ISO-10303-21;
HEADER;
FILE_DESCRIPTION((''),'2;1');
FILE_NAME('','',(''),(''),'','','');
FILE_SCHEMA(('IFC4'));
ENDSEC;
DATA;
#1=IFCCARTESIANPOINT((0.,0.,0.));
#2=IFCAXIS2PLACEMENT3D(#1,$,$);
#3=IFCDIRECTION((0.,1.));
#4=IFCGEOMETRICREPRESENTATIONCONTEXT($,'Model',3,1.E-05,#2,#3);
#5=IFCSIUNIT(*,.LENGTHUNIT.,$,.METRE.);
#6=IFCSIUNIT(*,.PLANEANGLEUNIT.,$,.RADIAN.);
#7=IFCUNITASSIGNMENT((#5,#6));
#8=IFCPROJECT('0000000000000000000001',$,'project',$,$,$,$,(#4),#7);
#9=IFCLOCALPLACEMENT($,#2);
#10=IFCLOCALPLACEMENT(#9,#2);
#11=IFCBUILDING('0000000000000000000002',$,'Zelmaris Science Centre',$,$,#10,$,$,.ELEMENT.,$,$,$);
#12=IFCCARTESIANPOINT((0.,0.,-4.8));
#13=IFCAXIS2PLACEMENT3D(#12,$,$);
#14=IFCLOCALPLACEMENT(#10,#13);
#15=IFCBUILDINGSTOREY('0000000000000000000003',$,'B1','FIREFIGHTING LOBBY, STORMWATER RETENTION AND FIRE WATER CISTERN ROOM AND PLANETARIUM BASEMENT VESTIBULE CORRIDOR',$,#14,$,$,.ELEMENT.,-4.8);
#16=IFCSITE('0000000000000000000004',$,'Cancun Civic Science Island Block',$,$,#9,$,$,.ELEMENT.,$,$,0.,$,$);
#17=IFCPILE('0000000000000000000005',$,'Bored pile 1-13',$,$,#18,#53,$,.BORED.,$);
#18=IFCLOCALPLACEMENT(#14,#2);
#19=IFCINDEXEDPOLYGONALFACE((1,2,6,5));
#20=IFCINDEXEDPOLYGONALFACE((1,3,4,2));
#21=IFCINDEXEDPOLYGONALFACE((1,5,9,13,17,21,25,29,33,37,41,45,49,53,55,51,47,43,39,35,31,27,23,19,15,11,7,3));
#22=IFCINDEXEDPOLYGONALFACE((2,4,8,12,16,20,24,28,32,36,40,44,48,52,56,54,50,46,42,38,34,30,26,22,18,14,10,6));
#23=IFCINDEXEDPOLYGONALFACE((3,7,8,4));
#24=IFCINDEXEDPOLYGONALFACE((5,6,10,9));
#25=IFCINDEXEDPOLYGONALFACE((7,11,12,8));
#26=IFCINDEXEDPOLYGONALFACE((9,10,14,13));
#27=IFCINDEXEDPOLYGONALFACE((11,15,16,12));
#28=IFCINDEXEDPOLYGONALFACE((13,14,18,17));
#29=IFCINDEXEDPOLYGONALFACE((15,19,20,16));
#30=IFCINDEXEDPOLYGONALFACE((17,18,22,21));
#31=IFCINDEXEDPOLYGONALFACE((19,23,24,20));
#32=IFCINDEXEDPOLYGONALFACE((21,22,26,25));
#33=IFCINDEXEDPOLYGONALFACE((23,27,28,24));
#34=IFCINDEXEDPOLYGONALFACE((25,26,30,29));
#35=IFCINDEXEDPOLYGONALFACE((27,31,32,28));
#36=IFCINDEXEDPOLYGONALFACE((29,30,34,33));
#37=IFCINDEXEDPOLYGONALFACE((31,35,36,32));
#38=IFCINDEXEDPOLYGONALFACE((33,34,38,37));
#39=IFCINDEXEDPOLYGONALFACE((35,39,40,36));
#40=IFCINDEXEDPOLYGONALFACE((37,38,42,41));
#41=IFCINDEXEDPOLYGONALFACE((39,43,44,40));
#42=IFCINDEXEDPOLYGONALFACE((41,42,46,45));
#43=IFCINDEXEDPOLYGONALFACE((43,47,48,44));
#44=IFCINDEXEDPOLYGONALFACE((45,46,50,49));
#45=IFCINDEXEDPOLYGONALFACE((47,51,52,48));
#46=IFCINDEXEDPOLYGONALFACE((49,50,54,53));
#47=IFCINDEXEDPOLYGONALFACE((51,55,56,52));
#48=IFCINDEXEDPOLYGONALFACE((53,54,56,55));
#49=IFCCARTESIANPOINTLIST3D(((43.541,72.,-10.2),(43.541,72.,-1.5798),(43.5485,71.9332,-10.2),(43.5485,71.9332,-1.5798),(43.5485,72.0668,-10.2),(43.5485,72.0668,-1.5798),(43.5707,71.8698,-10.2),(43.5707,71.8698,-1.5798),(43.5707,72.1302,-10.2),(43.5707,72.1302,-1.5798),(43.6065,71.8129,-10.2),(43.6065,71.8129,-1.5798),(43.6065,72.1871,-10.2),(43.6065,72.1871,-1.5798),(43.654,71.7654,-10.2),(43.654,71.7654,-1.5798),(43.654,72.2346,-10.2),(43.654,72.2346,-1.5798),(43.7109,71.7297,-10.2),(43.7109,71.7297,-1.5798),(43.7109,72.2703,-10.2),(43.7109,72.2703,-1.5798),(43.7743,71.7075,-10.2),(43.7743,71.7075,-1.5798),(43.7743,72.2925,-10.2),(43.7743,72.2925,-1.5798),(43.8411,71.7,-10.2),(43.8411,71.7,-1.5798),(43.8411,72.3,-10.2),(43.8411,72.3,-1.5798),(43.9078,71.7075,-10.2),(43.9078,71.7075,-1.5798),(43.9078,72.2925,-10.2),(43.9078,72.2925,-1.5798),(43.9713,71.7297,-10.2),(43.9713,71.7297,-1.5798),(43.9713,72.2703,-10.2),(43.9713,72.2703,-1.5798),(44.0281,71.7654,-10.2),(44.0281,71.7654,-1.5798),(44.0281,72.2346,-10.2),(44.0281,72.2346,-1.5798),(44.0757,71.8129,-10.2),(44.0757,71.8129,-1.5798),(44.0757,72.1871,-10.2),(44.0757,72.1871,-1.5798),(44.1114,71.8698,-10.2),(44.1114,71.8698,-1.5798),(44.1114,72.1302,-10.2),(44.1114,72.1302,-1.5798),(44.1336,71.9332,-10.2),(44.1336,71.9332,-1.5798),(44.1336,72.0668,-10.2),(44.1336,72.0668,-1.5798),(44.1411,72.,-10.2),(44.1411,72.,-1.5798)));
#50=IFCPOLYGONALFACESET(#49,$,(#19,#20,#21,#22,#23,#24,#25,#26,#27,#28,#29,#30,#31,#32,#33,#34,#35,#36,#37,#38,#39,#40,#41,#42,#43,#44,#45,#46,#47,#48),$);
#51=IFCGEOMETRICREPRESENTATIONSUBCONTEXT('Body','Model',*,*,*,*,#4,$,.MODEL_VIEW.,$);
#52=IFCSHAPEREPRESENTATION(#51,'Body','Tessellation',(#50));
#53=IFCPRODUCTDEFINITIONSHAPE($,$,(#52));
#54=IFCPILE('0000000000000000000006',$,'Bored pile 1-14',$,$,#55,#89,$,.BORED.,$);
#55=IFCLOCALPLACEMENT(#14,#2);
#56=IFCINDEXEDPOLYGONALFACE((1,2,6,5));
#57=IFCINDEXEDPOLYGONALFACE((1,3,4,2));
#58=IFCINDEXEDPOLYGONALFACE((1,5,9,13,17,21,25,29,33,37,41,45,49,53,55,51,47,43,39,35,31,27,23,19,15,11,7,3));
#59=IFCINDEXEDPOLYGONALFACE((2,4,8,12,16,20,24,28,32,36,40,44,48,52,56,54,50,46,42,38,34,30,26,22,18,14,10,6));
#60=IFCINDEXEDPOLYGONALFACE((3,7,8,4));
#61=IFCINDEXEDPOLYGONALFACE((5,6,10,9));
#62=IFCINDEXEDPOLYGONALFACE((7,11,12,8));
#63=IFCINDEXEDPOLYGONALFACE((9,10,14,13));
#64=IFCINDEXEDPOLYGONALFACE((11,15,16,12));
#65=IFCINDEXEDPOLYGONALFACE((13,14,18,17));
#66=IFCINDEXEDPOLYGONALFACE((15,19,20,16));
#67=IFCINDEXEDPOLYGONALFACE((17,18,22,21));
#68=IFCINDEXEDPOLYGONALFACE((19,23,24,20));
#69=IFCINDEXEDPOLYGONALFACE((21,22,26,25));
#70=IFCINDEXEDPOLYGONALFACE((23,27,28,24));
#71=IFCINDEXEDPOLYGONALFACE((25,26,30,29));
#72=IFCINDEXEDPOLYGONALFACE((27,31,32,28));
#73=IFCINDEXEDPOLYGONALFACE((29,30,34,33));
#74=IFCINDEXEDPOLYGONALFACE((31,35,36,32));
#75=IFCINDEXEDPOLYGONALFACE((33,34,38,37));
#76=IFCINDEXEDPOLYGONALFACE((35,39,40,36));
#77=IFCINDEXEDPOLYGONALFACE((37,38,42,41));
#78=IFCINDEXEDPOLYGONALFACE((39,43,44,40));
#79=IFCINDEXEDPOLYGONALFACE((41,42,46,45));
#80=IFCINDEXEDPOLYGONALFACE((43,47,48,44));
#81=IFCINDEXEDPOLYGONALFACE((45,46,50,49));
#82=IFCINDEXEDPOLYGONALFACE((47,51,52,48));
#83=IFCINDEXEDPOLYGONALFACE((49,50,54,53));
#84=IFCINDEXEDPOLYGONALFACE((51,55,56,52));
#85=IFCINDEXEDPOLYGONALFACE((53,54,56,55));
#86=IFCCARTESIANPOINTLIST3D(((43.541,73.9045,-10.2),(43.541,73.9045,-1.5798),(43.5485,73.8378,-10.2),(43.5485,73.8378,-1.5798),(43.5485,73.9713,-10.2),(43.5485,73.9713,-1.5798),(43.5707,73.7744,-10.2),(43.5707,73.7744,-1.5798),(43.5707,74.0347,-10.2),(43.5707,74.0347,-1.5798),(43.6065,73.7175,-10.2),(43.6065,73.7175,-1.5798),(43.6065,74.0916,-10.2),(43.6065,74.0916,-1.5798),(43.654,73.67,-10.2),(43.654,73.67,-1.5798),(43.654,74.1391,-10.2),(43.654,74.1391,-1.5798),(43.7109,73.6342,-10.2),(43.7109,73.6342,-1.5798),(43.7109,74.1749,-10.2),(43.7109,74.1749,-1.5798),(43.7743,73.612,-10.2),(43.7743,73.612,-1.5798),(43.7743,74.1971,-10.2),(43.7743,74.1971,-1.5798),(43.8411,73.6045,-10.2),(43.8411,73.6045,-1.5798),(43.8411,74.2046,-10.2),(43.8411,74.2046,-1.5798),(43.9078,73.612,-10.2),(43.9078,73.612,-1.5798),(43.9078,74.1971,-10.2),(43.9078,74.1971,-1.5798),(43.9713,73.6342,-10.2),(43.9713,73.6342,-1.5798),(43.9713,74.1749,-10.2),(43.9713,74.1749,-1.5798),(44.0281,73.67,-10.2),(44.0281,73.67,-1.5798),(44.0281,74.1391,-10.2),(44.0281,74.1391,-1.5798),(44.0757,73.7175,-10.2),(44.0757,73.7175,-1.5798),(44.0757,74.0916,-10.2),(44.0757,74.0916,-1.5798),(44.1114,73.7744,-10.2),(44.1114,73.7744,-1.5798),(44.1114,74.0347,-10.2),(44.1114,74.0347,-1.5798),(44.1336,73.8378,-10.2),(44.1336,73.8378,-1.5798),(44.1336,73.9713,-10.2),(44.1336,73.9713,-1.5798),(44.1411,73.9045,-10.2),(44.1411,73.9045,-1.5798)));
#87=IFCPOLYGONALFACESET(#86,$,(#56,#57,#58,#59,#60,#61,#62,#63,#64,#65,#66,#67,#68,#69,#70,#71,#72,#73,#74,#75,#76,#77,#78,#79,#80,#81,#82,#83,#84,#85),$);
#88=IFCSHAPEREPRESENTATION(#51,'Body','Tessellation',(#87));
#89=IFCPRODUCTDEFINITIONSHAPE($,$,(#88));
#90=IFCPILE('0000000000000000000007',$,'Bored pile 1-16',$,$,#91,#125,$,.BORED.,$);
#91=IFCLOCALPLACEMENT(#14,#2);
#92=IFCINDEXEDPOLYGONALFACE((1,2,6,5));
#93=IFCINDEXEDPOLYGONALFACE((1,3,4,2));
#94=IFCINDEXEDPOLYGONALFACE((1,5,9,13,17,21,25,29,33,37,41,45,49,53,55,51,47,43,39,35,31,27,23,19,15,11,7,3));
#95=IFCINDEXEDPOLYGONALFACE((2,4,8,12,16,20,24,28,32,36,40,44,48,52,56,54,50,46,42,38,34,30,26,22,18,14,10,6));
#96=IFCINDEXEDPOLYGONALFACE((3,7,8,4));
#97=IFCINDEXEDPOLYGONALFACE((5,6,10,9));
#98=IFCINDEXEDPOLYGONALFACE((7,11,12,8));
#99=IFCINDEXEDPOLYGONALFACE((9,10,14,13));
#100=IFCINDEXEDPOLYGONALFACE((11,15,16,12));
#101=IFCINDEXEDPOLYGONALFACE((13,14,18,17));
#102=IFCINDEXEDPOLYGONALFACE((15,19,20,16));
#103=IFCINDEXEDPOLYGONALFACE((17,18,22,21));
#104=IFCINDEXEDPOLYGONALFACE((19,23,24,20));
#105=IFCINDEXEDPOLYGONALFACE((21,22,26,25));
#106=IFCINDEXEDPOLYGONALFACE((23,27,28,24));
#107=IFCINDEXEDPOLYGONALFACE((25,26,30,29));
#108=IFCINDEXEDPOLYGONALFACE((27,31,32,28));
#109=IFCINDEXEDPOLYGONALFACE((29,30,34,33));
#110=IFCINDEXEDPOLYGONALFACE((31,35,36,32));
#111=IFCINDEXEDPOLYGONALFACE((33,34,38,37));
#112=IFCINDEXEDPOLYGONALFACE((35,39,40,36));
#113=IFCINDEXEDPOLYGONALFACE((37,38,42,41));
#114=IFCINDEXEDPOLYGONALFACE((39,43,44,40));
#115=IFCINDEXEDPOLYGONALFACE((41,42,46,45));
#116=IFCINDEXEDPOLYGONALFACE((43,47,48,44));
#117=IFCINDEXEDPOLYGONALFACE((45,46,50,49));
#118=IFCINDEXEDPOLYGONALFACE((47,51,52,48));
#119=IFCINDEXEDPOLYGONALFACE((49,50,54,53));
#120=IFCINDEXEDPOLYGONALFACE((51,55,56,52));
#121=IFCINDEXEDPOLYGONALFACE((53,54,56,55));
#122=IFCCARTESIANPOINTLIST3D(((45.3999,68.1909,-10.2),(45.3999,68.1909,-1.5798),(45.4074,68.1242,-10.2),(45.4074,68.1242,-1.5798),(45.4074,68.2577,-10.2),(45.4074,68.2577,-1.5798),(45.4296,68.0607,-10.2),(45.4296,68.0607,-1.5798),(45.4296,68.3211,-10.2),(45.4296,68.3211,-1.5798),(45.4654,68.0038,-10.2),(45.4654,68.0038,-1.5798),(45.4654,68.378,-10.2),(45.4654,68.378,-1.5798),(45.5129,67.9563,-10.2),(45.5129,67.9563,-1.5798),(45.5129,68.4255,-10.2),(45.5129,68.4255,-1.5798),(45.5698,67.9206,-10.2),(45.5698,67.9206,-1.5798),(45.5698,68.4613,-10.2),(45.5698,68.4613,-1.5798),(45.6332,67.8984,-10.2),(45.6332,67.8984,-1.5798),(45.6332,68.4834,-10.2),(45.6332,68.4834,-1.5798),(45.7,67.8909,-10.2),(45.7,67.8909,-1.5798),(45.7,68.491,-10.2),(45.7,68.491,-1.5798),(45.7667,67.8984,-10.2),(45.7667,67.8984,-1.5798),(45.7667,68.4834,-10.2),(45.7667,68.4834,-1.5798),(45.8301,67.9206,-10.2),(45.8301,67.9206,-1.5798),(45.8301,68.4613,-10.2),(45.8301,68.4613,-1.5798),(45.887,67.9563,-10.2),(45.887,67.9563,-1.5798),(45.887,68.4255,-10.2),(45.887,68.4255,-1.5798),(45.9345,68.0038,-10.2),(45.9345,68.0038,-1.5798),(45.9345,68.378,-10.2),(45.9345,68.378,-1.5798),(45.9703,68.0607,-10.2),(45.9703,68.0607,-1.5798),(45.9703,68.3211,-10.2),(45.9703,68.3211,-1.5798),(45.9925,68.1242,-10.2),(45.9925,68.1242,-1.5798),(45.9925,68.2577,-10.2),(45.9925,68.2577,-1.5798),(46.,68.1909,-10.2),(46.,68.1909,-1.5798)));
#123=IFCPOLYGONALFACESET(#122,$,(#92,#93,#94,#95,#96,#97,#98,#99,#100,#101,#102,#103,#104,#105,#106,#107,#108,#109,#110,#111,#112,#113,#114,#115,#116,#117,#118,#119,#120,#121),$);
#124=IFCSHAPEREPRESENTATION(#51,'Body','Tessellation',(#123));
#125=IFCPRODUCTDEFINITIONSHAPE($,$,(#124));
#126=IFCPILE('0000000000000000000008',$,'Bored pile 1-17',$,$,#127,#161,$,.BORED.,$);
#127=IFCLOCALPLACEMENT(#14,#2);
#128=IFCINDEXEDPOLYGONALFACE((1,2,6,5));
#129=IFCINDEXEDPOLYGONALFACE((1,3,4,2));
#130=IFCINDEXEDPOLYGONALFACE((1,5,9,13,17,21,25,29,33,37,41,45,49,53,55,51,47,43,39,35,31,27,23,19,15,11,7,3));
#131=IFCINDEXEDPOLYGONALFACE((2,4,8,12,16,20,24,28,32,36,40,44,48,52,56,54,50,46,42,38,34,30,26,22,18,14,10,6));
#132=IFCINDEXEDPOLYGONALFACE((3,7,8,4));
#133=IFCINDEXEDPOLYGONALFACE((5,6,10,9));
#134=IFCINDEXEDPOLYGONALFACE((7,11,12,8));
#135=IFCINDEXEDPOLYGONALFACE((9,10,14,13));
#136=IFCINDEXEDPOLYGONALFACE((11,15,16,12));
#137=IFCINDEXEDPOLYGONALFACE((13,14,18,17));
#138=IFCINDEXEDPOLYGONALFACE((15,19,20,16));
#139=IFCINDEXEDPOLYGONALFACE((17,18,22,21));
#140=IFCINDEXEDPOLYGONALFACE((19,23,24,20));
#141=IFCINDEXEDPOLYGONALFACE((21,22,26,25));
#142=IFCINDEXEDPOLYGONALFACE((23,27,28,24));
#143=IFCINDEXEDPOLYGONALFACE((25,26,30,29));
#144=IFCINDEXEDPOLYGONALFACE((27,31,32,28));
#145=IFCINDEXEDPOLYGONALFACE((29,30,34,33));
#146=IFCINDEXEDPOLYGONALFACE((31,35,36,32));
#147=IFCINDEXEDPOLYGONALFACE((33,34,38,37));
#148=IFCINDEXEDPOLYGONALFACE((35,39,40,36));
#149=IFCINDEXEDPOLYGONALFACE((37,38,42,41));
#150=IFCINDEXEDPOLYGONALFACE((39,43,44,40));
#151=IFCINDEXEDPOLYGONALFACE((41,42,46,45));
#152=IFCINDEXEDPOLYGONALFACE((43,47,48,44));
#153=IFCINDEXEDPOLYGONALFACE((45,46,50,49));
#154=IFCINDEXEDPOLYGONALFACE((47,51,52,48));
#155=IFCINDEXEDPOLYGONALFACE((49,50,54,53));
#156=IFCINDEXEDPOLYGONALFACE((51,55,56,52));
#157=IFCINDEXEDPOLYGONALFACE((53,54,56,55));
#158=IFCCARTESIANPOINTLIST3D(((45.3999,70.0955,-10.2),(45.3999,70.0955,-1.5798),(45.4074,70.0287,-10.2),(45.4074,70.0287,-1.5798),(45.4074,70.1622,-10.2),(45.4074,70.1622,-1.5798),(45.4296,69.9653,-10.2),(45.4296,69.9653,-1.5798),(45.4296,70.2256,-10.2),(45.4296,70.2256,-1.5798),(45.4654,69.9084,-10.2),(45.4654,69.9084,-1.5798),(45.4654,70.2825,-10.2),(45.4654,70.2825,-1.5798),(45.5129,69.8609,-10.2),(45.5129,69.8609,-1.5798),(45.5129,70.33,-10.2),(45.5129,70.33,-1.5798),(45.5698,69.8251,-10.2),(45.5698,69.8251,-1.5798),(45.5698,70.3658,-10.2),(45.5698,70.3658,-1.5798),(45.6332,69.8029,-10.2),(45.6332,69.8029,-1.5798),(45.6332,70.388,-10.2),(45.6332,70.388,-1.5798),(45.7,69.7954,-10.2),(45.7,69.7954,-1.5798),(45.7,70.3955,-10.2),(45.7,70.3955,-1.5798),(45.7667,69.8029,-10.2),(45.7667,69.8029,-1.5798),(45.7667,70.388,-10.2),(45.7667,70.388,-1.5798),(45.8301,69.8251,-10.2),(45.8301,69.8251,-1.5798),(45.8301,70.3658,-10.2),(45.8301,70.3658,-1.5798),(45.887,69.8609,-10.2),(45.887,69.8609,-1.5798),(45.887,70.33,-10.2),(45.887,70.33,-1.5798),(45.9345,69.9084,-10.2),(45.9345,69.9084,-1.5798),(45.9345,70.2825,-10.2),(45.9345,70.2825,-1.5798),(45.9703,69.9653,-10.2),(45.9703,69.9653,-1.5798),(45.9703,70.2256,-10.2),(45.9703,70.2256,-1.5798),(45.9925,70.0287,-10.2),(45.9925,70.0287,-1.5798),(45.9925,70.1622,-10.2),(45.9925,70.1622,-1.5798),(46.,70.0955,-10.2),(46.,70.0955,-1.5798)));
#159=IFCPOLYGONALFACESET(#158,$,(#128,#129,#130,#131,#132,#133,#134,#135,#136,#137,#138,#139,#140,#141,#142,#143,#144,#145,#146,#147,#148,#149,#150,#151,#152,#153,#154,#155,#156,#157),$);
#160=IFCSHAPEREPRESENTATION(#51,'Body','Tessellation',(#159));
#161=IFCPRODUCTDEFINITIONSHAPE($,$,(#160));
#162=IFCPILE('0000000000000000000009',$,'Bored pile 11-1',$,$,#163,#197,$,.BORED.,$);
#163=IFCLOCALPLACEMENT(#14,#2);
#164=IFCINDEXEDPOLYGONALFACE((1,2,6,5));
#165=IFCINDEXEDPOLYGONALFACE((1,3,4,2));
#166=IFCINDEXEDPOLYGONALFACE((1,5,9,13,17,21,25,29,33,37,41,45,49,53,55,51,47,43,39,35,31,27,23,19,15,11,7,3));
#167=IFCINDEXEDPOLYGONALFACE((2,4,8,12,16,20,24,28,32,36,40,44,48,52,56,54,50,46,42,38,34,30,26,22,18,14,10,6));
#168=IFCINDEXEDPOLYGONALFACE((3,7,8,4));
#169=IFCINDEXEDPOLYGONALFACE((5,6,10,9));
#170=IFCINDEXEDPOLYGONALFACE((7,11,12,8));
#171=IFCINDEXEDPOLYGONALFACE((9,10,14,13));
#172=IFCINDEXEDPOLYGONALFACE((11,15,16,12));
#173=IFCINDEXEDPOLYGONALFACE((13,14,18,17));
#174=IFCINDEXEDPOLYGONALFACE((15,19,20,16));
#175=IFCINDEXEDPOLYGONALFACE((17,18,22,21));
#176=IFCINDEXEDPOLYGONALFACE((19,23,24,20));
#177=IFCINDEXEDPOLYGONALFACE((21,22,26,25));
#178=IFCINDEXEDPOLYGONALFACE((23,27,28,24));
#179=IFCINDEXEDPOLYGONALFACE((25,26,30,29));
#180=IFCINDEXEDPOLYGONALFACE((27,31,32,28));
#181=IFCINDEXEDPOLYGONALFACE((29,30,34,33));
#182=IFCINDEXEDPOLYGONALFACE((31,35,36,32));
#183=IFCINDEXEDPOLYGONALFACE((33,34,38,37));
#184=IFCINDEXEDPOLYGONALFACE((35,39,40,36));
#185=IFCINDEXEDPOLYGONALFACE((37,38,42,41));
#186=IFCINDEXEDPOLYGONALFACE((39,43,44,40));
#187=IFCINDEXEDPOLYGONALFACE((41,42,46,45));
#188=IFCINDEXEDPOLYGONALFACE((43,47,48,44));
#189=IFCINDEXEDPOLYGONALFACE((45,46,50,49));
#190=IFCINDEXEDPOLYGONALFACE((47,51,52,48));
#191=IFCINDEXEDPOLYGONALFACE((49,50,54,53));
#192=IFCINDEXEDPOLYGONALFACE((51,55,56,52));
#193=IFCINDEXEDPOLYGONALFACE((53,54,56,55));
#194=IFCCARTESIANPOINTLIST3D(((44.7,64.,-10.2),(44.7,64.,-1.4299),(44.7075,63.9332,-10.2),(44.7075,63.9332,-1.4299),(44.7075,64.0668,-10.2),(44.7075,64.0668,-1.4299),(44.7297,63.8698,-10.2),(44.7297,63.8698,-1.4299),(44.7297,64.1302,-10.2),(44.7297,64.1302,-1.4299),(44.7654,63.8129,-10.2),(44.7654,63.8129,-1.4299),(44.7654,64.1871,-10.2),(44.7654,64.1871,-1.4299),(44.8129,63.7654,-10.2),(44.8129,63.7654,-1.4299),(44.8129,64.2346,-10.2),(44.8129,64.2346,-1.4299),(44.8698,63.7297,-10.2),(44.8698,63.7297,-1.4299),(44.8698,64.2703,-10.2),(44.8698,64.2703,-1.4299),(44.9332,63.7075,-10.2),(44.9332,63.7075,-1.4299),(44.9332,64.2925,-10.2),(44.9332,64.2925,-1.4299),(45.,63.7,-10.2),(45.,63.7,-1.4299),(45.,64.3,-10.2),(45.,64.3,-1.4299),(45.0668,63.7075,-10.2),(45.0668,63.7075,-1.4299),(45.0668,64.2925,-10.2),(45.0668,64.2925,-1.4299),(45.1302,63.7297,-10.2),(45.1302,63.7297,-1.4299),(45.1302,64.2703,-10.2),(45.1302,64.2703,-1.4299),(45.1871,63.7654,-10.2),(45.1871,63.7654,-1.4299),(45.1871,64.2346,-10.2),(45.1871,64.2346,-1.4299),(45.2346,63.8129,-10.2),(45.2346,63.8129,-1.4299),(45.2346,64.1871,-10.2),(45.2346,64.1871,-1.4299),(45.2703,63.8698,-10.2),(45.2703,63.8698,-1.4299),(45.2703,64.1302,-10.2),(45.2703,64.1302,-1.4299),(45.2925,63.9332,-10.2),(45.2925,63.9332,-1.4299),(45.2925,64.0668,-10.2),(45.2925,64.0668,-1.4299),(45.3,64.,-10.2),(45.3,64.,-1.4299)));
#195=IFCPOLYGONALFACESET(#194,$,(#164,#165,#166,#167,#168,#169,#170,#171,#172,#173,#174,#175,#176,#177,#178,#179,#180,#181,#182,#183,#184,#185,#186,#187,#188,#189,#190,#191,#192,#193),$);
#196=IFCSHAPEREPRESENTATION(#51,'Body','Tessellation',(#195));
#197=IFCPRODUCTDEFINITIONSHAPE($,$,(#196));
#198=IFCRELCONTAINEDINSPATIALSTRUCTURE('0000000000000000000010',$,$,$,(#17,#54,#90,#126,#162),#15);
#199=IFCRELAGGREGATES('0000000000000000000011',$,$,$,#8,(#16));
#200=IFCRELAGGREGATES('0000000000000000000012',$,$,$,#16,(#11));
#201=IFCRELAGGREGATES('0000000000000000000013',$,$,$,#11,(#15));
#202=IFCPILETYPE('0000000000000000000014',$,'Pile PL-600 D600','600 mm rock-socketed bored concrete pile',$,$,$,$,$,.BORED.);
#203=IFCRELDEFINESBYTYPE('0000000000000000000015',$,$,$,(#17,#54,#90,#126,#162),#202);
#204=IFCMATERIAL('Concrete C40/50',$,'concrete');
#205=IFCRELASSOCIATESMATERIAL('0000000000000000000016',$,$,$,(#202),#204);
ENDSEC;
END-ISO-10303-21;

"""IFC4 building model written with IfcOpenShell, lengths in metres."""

from ifc_helpers import new_model, si_unit, direction, frame, origin, origin_2d, place, context, subcontext, project, spatial, circle, extrude, material, material_profile, profile_set, type_object, element, save


model = new_model("IFC4")

# Units and contexts
model_context = context("Model", 3, precision=1e-05, world=origin(), true_north=direction((0.0, 1.0)))
body_context = subcontext(model_context, "Body", "Model", "MODEL_VIEW")
ifc_project = project(units=[si_unit("LENGTHUNIT", "METRE"), si_unit("PLANEANGLEUNIT", "RADIAN")], contexts=[model_context])

# Site, building, storey
site_placement = place(None, origin())
site = spatial("IfcSite", under=ifc_project, at=site_placement, Name="Cancun Civic Science Island Block", CompositionType="ELEMENT", RefElevation=0.0)
building_placement = place(site_placement, origin())
building = spatial("IfcBuilding", under=site, at=building_placement, Name="Zelmaris Science Centre", CompositionType="ELEMENT")
storey_placement = place(building_placement, frame((0.0, 0.0, -4.8)))
storey = spatial("IfcBuildingStorey", under=building, at=storey_placement, Name="B1", Description="FIREFIGHTING LOBBY, STORMWATER RETENTION AND FIRE WATER CISTERN ROOM AND PLANETARIUM BASEMENT VESTIBULE CORRIDOR", CompositionType="ELEMENT", Elevation=-4.8)

# Shared definitions
ifc_material_1 = material(Name="Concrete C40/50", Category="concrete")

# Piles
ifc_material_profile_1 = material_profile(ifc_material_1, circle(Radius=0.3, at=origin_2d()), Name="PILE-600")
ifc_profile_set_1 = profile_set([ifc_material_profile_1], Name="Concrete C40/50")
pile_type_1 = type_object("IfcPileType", Name="Pile PL-600 D600", Description="600 mm rock-socketed bored concrete pile", PredefinedType="BORED", material=ifc_profile_set_1)
for number, where, z_axis, x_axis, name in (
    (1, (43.8411, 72.0, -1.5798), (0.0, 0.0, -1.0), (1.0, 0.0, 0.0), "Bored pile 1-13"),
    (2, (43.8411, 73.9045, -1.5798), (0.0, 0.0, -1.0), (1.0, 0.0, 0.0), "Bored pile 1-14"),
    (3, (45.7, 68.1909, -1.5798), (0.0, 0.0, -1.0), (1.0, 0.0, 0.0), "Bored pile 1-16"),
    (4, (45.7, 70.0955, -1.5798), (0.0, 0.0, -1.0), (1.0, 0.0, 0.0), "Bored pile 1-17"),
):
    element("IfcPile", number, at=place(storey_placement, frame(where, z_axis=z_axis, x_axis=x_axis)), inside=storey, type_object=pile_type_1, Name=name, PredefinedType="BORED", context=body_context, shape_type="SweptSolid", body=[
        extrude(circle(Radius=0.3, at=origin_2d()), origin(), (0.0, 0.0, 1.0), 8.6201),
    ])
pile_placement = place(storey_placement, frame((45.0, 64.0, -1.4299), z_axis=(0.0, 0.0, -1.0), x_axis=(1.0, 0.0, 0.0)))
element("IfcPile", 5, at=pile_placement, inside=storey, type_object=pile_type_1, Name="Bored pile 11-1", PredefinedType="BORED", context=body_context, shape_type="SweptSolid", body=[
    extrude(circle(Radius=0.3, at=origin_2d()), origin(), (0.0, 0.0, 1.0), 8.77),
])

save(model, "model.ifc")
